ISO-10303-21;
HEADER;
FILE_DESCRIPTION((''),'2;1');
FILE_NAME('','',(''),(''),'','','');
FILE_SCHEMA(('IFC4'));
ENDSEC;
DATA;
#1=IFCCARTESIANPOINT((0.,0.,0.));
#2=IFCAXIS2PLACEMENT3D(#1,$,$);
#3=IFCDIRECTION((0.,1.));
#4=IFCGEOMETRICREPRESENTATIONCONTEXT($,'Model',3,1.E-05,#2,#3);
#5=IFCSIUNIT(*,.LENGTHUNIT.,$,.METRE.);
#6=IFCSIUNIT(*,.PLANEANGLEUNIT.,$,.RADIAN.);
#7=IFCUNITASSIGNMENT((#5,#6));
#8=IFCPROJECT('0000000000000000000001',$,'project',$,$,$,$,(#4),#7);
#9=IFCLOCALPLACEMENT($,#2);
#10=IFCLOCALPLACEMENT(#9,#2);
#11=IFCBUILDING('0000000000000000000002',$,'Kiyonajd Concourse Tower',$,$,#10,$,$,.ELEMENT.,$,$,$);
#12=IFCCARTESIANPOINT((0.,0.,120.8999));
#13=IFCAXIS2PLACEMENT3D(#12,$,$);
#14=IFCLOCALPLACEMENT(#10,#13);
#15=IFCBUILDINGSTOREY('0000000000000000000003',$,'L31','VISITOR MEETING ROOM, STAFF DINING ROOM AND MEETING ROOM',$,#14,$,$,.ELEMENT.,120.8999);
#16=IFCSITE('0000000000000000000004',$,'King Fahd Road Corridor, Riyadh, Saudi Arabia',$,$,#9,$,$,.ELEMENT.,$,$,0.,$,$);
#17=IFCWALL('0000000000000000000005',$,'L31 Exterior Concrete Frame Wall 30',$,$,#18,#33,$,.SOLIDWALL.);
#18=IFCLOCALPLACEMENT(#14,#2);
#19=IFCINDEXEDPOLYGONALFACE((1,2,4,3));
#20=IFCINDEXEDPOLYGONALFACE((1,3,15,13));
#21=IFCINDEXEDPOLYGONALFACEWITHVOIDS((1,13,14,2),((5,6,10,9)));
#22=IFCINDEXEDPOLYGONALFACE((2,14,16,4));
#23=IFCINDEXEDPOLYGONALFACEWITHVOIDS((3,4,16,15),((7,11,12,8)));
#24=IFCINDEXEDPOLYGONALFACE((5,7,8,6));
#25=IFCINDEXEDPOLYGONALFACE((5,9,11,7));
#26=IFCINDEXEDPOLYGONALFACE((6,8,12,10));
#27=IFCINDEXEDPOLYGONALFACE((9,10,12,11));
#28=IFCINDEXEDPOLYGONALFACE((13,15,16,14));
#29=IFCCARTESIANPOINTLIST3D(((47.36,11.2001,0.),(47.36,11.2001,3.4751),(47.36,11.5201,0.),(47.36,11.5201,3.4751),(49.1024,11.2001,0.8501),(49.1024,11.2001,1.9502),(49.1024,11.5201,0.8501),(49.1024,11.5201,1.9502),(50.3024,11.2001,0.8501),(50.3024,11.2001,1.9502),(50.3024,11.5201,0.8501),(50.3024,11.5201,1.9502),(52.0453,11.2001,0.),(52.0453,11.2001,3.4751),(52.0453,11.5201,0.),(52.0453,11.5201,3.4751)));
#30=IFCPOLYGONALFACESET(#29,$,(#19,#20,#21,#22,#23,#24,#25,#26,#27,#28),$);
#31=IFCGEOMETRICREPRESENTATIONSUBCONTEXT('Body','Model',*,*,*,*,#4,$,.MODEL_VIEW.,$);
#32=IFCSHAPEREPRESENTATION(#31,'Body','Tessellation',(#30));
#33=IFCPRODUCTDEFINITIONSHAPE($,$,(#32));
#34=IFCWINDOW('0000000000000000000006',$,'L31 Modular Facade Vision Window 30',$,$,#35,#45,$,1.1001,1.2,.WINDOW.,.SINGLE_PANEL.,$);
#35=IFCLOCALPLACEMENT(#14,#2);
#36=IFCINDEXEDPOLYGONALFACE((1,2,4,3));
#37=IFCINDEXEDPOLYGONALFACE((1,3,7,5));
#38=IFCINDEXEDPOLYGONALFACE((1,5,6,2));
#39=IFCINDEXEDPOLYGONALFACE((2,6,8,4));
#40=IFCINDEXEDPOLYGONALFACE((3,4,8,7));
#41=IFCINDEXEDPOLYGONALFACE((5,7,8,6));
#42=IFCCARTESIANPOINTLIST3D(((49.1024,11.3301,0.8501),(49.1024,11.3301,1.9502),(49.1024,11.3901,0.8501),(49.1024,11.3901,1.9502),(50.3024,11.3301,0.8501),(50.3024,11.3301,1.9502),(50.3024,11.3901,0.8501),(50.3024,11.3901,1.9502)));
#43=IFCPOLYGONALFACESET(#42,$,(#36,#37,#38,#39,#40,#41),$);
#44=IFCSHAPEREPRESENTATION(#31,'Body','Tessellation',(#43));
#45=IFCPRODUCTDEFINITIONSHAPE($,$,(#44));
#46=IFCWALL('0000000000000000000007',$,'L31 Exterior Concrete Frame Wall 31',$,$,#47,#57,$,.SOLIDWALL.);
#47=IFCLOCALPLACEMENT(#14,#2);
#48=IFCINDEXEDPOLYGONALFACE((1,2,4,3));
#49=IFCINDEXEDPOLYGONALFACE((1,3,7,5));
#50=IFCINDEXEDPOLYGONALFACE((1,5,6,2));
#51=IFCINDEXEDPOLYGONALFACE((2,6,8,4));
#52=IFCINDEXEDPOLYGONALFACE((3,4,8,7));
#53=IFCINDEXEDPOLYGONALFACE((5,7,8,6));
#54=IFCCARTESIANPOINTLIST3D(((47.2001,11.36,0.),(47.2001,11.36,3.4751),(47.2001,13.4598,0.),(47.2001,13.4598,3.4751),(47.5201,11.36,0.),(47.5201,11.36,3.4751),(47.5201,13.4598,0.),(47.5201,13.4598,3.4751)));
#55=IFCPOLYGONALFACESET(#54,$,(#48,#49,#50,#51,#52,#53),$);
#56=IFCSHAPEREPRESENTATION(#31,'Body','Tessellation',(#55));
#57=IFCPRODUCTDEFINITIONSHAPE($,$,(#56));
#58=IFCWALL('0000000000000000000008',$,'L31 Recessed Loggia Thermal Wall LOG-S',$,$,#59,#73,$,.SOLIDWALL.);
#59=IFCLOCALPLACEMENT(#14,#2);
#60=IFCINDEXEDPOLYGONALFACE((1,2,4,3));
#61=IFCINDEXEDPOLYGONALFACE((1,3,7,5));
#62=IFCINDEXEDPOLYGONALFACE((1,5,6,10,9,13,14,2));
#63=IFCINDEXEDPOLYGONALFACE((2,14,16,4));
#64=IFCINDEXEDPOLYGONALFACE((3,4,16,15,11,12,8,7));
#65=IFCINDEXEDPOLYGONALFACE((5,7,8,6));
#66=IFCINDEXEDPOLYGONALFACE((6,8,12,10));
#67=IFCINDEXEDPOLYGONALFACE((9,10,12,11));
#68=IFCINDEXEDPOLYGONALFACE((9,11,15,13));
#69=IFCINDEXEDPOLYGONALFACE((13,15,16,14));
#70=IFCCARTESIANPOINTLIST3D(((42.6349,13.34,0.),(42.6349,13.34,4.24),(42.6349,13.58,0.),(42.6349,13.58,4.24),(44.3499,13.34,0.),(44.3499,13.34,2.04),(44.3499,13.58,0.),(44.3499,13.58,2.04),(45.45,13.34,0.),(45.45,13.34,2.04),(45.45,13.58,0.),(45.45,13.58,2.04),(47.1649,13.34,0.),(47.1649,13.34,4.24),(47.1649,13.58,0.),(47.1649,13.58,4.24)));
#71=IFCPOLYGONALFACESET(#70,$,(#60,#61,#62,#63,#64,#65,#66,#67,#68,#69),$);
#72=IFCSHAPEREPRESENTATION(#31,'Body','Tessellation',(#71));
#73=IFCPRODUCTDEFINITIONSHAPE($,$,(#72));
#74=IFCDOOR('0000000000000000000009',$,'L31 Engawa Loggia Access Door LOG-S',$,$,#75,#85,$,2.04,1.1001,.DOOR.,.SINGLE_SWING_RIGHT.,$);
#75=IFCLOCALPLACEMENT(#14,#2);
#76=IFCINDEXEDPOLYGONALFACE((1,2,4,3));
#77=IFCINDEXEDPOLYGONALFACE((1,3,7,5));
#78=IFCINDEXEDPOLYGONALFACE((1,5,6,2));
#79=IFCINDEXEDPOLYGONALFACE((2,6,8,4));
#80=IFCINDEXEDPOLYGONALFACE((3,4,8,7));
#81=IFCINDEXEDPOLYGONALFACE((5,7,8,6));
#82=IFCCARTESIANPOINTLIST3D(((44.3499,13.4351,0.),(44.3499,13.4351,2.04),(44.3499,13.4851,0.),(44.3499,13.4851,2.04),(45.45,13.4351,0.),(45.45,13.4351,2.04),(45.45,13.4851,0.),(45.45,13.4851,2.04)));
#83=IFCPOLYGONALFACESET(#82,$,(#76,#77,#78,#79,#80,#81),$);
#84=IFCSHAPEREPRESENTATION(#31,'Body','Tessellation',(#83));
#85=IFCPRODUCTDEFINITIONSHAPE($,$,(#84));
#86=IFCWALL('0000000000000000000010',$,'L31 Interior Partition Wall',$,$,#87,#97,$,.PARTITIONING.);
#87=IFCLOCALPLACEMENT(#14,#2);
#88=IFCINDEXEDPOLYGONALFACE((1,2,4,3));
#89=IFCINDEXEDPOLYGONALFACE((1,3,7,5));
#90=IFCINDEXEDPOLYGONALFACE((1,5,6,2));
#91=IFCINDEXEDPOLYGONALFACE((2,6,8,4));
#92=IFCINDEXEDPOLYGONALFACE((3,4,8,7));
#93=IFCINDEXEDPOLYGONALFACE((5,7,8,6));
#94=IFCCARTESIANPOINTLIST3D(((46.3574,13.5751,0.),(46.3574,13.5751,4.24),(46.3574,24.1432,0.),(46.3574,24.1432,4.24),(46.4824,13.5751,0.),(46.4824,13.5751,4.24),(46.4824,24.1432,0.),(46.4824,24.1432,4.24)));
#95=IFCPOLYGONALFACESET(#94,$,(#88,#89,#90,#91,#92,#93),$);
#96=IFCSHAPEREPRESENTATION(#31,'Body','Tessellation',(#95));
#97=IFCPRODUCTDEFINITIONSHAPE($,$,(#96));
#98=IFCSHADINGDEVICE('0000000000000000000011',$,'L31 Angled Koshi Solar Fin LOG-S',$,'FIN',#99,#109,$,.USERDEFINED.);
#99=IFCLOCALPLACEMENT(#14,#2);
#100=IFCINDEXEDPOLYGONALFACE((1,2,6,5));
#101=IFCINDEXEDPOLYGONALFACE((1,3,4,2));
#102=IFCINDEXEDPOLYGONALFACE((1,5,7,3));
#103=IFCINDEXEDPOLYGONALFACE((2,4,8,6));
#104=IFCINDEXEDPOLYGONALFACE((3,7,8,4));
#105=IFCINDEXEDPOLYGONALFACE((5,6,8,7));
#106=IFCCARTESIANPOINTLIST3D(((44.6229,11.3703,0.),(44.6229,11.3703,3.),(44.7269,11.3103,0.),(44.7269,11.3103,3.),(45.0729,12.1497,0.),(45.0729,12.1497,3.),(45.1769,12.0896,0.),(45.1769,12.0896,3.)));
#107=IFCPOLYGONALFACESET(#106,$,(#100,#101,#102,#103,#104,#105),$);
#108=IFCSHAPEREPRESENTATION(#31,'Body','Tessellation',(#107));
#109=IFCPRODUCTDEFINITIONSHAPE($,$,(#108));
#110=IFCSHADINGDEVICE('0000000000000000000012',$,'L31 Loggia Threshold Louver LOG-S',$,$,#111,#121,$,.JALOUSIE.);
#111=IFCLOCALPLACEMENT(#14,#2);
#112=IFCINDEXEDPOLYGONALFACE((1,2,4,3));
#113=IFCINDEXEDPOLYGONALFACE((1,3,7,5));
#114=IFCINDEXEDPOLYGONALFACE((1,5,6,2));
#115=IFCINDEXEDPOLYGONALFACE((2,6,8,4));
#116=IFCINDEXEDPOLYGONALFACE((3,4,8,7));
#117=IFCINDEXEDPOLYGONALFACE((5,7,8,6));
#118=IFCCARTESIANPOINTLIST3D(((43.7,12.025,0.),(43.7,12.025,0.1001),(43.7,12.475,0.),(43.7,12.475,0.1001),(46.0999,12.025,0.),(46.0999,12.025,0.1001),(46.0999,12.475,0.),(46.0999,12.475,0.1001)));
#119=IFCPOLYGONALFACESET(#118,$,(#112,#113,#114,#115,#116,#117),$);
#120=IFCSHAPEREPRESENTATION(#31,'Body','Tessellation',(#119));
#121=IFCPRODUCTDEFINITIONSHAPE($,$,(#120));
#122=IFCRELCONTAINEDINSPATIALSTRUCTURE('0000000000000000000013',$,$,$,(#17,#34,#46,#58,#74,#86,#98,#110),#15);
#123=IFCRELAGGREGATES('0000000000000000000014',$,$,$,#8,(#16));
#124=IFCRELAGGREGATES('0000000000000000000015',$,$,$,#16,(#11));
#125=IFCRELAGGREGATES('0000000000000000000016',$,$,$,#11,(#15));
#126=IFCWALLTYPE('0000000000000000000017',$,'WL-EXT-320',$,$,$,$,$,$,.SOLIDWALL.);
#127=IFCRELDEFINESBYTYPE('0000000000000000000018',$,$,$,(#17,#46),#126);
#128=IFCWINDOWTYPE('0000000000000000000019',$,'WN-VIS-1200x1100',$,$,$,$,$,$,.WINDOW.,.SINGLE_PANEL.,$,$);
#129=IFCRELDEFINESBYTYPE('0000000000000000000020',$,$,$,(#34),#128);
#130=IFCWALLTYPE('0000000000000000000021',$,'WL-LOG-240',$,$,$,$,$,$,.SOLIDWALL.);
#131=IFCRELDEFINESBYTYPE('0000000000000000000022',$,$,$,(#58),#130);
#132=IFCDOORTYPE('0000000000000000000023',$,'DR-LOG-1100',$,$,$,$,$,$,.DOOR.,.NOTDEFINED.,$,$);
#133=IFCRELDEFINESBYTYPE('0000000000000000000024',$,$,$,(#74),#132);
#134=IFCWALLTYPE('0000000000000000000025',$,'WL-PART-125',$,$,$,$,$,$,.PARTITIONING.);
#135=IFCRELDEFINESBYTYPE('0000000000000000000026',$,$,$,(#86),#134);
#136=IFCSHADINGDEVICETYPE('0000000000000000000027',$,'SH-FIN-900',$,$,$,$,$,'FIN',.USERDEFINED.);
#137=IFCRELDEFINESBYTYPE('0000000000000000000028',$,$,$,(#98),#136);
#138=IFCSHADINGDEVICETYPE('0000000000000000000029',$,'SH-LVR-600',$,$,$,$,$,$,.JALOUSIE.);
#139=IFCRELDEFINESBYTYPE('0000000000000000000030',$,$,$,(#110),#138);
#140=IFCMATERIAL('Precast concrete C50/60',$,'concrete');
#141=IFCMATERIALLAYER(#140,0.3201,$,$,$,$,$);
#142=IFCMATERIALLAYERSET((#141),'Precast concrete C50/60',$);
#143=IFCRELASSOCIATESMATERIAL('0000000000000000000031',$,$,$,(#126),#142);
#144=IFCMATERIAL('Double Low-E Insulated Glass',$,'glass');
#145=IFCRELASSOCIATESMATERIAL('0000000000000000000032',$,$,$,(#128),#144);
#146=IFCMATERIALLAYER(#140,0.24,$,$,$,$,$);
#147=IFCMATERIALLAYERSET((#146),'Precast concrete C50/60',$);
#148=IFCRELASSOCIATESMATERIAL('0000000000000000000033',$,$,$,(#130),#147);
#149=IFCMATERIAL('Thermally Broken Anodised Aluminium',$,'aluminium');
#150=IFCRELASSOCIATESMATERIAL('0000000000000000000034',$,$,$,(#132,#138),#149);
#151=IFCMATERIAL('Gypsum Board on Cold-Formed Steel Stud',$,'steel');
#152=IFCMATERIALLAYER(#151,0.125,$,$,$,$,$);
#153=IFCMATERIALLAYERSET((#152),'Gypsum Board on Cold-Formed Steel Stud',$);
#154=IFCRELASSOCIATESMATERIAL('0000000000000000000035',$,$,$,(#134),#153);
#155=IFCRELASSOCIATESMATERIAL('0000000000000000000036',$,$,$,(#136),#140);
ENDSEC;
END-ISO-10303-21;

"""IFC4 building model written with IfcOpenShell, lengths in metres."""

from ifc_helpers import new_model, si_unit, direction, frame, frame_2d, origin, origin_2d, place, context, subcontext, project, spatial, rectangle, extrude, material, layer, layer_set, type_object, element, fill, save


model = new_model("IFC4")

# Units and contexts
model_context = context("Model", 3, precision=1e-05, world=origin(), true_north=direction((0.0, 1.0)))
body_context = subcontext(model_context, "Body", "Model", "MODEL_VIEW")
ifc_project = project(units=[si_unit("LENGTHUNIT", "METRE"), si_unit("PLANEANGLEUNIT", "RADIAN")], contexts=[model_context])

# Site, building, storey
site_placement = place(None, origin())
site = spatial("IfcSite", under=ifc_project, at=site_placement, Name="King Fahd Road Corridor, Riyadh, Saudi Arabia", CompositionType="ELEMENT", RefElevation=0.0)
building_placement = place(site_placement, origin())
building = spatial("IfcBuilding", under=site, at=building_placement, Name="Kiyonajd Concourse Tower", CompositionType="ELEMENT")
storey_placement = place(building_placement, frame((0.0, 0.0, 120.8999)))
storey = spatial("IfcBuildingStorey", under=building, at=storey_placement, Name="L31", Description="VISITOR MEETING ROOM, STAFF DINING ROOM AND MEETING ROOM", CompositionType="ELEMENT", Elevation=120.8999)

# Shared definitions
ifc_material_1 = material(Name="Precast concrete C50/60", Category="concrete")

# Shared definitions
ifc_material_2 = material(Name="Thermally Broken Anodised Aluminium", Category="aluminium")

# Shared definitions
ifc_layer_1 = layer(ifc_material_1, 0.3201)
ifc_layer_set_1 = layer_set([ifc_layer_1], Name="Precast concrete C50/60")
wall_type_1 = type_object("IfcWallType", Name="WL-EXT-320", PredefinedType="SOLIDWALL", material=ifc_layer_set_1)

# Wall, opening, window
wall_1_placement = place(storey_placement, frame((52.0454, 11.3601, 0.0), z_axis=(0.0, 0.0, 1.0), x_axis=(-1.0, 0.0, 0.0)))
wall_1 = element("IfcWall", 1, at=wall_1_placement, inside=storey, type_object=wall_type_1, Name="L31 Exterior Concrete Frame Wall 30", PredefinedType="SOLIDWALL", context=body_context, shape_type="SweptSolid", body=[
    extrude(rectangle(XDim=4.6853, YDim=0.3201, at=frame_2d((2.3428, 0.0))), origin(), (0.0, 0.0, 1.0), 3.4751),
])
opening_1_placement = place(wall_1_placement, frame((1.7429, 0.0, 0.8501)))
opening_1 = element("IfcOpeningElement", 2, at=opening_1_placement, cuts=wall_1, PredefinedType="OPENING", context=body_context, shape_type="SweptSolid", body=[
    extrude(rectangle(XDim=1.2, YDim=1.1001, at=frame_2d((0.6001, 0.55))), frame((0.0, 0.1699, 0.0), z_axis=(0.0, -1.0, 0.0), x_axis=(1.0, 0.0, 0.0)), (0.0, 0.0, 1.0), 0.3401),
])
ifc_material_3 = material(Name="Double Low-E Insulated Glass", Category="glass")
window_type = type_object("IfcWindowType", Name="WN-VIS-1200x1100", PartitioningType="SINGLE_PANEL", PredefinedType="WINDOW", material=ifc_material_3)
window_placement = place(opening_1_placement, origin())
window = element("IfcWindow", 3, at=window_placement, inside=storey, type_object=window_type, Name="L31 Modular Facade Vision Window 30", OverallHeight=1.1001, OverallWidth=1.2, PartitioningType="SINGLE_PANEL", PredefinedType="WINDOW", context=body_context, shape_type="SweptSolid", body=[
    extrude(rectangle(XDim=1.2, YDim=1.1001, at=frame_2d((0.6001, 0.55))), frame((0.0, 0.03, 0.0), z_axis=(0.0, -1.0, 0.0), x_axis=(1.0, 0.0, 0.0)), (0.0, 0.0, 1.0), 0.0601),
])
fill(opening_1, window)

# Wall
wall_2_placement = place(storey_placement, frame((47.3601, 11.3601, 0.0), z_axis=(0.0, 0.0, 1.0), x_axis=(0.0, 1.0, 0.0)))
element("IfcWall", 4, at=wall_2_placement, inside=storey, type_object=wall_type_1, Name="L31 Exterior Concrete Frame Wall 31", PredefinedType="SOLIDWALL", context=body_context, shape_type="SweptSolid", body=[
    extrude(rectangle(XDim=2.0999, YDim=0.3201, at=frame_2d((1.0498, 0.0))), origin(), (0.0, 0.0, 1.0), 3.4751),
])

# Wall, opening, door
ifc_layer_2 = layer(ifc_material_1, 0.24)
ifc_layer_set_2 = layer_set([ifc_layer_2], Name="Precast concrete C50/60")
wall_type_2 = type_object("IfcWallType", Name="WL-LOG-240", PredefinedType="SOLIDWALL", material=ifc_layer_set_2)
wall_3_placement = place(storey_placement, frame((47.165, 13.46, 0.0), z_axis=(0.0, 0.0, 1.0), x_axis=(-1.0, 0.0, 0.0)))
wall_3 = element("IfcWall", 5, at=wall_3_placement, inside=storey, type_object=wall_type_2, Name="L31 Recessed Loggia Thermal Wall LOG-S", PredefinedType="SOLIDWALL", context=body_context, shape_type="SweptSolid", body=[
    extrude(rectangle(XDim=4.53, YDim=0.24, at=frame_2d((2.2651, 0.0))), origin(), (0.0, 0.0, 1.0), 4.24),
])
opening_2_placement = place(wall_3_placement, frame((1.7151, 0.0, 0.0)))
opening_2 = element("IfcOpeningElement", 6, at=opening_2_placement, cuts=wall_3, PredefinedType="OPENING", context=body_context, shape_type="SweptSolid", body=[
    extrude(rectangle(XDim=1.1001, YDim=2.04, at=frame_2d((0.55, 1.02))), frame((0.0, 0.1299, 0.0), z_axis=(0.0, -1.0, 0.0), x_axis=(1.0, 0.0, 0.0)), (0.0, 0.0, 1.0), 0.26),
])
door_type = type_object("IfcDoorType", Name="DR-LOG-1100", OperationType="NOTDEFINED", PredefinedType="DOOR", material=ifc_material_2)
door_placement = place(opening_2_placement, origin())
door = element("IfcDoor", 7, at=door_placement, inside=storey, type_object=door_type, Name="L31 Engawa Loggia Access Door LOG-S", OperationType="SINGLE_SWING_RIGHT", OverallHeight=2.04, OverallWidth=1.1001, PredefinedType="DOOR", context=body_context, shape_type="SweptSolid", body=[
    extrude(rectangle(XDim=1.1001, YDim=2.04, at=frame_2d((0.55, 1.02))), frame((0.0, 0.0249, 0.0), z_axis=(0.0, -1.0, 0.0), x_axis=(1.0, 0.0, 0.0)), (0.0, 0.0, 1.0), 0.05),
])
fill(opening_2, door)

# Wall
ifc_material_4 = material(Name="Gypsum Board on Cold-Formed Steel Stud", Category="steel")
ifc_layer_3 = layer(ifc_material_4, 0.125)
ifc_layer_set_3 = layer_set([ifc_layer_3], Name="Gypsum Board on Cold-Formed Steel Stud")
wall_type_3 = type_object("IfcWallType", Name="WL-PART-125", PredefinedType="PARTITIONING", material=ifc_layer_set_3)
wall_4_placement = place(storey_placement, frame((46.4199, 13.575, 0.0), z_axis=(0.0, 0.0, 1.0), x_axis=(0.0, 1.0, 0.0)))
element("IfcWall", 8, at=wall_4_placement, inside=storey, type_object=wall_type_3, Name="L31 Interior Partition Wall", PredefinedType="PARTITIONING", context=body_context, shape_type="SweptSolid", body=[
    extrude(rectangle(XDim=10.5681, YDim=0.125, at=frame_2d((5.2842, 0.0))), origin(), (0.0, 0.0, 1.0), 4.24),
])

# Shading devices
shading_device_type_1 = type_object("IfcShadingDeviceType", Name="SH-FIN-900", ElementType="FIN", PredefinedType="USERDEFINED", material=ifc_material_1)
shading_device_1_placement = place(storey_placement, frame((44.8999, 11.73, 0.0), z_axis=(0.0, 0.0, 1.0), x_axis=(0.5, 0.866025, 0.0)))
element("IfcShadingDevice", 9, at=shading_device_1_placement, inside=storey, type_object=shading_device_type_1, Name="L31 Angled Koshi Solar Fin LOG-S", ObjectType="FIN", PredefinedType="USERDEFINED", context=body_context, shape_type="SweptSolid", body=[
    extrude(rectangle(XDim=0.8999, YDim=0.1201, at=origin_2d()), origin(), (0.0, 0.0, 1.0), 3.0),
])
shading_device_type_2 = type_object("IfcShadingDeviceType", Name="SH-LVR-600", PredefinedType="JALOUSIE", material=ifc_material_2)
shading_device_2_placement = place(storey_placement, frame((44.8999, 12.25, 0.0), z_axis=(0.0, 0.0, 1.0), x_axis=(1.0, 0.0, 0.0)))
element("IfcShadingDevice", 10, at=shading_device_2_placement, inside=storey, type_object=shading_device_type_2, Name="L31 Loggia Threshold Louver LOG-S", PredefinedType="JALOUSIE", context=body_context, shape_type="SweptSolid", body=[
    extrude(rectangle(XDim=2.3999, YDim=0.45, at=origin_2d()), origin(), (0.0, 0.0, 1.0), 0.1001),
])

save(model, "model.ifc")
